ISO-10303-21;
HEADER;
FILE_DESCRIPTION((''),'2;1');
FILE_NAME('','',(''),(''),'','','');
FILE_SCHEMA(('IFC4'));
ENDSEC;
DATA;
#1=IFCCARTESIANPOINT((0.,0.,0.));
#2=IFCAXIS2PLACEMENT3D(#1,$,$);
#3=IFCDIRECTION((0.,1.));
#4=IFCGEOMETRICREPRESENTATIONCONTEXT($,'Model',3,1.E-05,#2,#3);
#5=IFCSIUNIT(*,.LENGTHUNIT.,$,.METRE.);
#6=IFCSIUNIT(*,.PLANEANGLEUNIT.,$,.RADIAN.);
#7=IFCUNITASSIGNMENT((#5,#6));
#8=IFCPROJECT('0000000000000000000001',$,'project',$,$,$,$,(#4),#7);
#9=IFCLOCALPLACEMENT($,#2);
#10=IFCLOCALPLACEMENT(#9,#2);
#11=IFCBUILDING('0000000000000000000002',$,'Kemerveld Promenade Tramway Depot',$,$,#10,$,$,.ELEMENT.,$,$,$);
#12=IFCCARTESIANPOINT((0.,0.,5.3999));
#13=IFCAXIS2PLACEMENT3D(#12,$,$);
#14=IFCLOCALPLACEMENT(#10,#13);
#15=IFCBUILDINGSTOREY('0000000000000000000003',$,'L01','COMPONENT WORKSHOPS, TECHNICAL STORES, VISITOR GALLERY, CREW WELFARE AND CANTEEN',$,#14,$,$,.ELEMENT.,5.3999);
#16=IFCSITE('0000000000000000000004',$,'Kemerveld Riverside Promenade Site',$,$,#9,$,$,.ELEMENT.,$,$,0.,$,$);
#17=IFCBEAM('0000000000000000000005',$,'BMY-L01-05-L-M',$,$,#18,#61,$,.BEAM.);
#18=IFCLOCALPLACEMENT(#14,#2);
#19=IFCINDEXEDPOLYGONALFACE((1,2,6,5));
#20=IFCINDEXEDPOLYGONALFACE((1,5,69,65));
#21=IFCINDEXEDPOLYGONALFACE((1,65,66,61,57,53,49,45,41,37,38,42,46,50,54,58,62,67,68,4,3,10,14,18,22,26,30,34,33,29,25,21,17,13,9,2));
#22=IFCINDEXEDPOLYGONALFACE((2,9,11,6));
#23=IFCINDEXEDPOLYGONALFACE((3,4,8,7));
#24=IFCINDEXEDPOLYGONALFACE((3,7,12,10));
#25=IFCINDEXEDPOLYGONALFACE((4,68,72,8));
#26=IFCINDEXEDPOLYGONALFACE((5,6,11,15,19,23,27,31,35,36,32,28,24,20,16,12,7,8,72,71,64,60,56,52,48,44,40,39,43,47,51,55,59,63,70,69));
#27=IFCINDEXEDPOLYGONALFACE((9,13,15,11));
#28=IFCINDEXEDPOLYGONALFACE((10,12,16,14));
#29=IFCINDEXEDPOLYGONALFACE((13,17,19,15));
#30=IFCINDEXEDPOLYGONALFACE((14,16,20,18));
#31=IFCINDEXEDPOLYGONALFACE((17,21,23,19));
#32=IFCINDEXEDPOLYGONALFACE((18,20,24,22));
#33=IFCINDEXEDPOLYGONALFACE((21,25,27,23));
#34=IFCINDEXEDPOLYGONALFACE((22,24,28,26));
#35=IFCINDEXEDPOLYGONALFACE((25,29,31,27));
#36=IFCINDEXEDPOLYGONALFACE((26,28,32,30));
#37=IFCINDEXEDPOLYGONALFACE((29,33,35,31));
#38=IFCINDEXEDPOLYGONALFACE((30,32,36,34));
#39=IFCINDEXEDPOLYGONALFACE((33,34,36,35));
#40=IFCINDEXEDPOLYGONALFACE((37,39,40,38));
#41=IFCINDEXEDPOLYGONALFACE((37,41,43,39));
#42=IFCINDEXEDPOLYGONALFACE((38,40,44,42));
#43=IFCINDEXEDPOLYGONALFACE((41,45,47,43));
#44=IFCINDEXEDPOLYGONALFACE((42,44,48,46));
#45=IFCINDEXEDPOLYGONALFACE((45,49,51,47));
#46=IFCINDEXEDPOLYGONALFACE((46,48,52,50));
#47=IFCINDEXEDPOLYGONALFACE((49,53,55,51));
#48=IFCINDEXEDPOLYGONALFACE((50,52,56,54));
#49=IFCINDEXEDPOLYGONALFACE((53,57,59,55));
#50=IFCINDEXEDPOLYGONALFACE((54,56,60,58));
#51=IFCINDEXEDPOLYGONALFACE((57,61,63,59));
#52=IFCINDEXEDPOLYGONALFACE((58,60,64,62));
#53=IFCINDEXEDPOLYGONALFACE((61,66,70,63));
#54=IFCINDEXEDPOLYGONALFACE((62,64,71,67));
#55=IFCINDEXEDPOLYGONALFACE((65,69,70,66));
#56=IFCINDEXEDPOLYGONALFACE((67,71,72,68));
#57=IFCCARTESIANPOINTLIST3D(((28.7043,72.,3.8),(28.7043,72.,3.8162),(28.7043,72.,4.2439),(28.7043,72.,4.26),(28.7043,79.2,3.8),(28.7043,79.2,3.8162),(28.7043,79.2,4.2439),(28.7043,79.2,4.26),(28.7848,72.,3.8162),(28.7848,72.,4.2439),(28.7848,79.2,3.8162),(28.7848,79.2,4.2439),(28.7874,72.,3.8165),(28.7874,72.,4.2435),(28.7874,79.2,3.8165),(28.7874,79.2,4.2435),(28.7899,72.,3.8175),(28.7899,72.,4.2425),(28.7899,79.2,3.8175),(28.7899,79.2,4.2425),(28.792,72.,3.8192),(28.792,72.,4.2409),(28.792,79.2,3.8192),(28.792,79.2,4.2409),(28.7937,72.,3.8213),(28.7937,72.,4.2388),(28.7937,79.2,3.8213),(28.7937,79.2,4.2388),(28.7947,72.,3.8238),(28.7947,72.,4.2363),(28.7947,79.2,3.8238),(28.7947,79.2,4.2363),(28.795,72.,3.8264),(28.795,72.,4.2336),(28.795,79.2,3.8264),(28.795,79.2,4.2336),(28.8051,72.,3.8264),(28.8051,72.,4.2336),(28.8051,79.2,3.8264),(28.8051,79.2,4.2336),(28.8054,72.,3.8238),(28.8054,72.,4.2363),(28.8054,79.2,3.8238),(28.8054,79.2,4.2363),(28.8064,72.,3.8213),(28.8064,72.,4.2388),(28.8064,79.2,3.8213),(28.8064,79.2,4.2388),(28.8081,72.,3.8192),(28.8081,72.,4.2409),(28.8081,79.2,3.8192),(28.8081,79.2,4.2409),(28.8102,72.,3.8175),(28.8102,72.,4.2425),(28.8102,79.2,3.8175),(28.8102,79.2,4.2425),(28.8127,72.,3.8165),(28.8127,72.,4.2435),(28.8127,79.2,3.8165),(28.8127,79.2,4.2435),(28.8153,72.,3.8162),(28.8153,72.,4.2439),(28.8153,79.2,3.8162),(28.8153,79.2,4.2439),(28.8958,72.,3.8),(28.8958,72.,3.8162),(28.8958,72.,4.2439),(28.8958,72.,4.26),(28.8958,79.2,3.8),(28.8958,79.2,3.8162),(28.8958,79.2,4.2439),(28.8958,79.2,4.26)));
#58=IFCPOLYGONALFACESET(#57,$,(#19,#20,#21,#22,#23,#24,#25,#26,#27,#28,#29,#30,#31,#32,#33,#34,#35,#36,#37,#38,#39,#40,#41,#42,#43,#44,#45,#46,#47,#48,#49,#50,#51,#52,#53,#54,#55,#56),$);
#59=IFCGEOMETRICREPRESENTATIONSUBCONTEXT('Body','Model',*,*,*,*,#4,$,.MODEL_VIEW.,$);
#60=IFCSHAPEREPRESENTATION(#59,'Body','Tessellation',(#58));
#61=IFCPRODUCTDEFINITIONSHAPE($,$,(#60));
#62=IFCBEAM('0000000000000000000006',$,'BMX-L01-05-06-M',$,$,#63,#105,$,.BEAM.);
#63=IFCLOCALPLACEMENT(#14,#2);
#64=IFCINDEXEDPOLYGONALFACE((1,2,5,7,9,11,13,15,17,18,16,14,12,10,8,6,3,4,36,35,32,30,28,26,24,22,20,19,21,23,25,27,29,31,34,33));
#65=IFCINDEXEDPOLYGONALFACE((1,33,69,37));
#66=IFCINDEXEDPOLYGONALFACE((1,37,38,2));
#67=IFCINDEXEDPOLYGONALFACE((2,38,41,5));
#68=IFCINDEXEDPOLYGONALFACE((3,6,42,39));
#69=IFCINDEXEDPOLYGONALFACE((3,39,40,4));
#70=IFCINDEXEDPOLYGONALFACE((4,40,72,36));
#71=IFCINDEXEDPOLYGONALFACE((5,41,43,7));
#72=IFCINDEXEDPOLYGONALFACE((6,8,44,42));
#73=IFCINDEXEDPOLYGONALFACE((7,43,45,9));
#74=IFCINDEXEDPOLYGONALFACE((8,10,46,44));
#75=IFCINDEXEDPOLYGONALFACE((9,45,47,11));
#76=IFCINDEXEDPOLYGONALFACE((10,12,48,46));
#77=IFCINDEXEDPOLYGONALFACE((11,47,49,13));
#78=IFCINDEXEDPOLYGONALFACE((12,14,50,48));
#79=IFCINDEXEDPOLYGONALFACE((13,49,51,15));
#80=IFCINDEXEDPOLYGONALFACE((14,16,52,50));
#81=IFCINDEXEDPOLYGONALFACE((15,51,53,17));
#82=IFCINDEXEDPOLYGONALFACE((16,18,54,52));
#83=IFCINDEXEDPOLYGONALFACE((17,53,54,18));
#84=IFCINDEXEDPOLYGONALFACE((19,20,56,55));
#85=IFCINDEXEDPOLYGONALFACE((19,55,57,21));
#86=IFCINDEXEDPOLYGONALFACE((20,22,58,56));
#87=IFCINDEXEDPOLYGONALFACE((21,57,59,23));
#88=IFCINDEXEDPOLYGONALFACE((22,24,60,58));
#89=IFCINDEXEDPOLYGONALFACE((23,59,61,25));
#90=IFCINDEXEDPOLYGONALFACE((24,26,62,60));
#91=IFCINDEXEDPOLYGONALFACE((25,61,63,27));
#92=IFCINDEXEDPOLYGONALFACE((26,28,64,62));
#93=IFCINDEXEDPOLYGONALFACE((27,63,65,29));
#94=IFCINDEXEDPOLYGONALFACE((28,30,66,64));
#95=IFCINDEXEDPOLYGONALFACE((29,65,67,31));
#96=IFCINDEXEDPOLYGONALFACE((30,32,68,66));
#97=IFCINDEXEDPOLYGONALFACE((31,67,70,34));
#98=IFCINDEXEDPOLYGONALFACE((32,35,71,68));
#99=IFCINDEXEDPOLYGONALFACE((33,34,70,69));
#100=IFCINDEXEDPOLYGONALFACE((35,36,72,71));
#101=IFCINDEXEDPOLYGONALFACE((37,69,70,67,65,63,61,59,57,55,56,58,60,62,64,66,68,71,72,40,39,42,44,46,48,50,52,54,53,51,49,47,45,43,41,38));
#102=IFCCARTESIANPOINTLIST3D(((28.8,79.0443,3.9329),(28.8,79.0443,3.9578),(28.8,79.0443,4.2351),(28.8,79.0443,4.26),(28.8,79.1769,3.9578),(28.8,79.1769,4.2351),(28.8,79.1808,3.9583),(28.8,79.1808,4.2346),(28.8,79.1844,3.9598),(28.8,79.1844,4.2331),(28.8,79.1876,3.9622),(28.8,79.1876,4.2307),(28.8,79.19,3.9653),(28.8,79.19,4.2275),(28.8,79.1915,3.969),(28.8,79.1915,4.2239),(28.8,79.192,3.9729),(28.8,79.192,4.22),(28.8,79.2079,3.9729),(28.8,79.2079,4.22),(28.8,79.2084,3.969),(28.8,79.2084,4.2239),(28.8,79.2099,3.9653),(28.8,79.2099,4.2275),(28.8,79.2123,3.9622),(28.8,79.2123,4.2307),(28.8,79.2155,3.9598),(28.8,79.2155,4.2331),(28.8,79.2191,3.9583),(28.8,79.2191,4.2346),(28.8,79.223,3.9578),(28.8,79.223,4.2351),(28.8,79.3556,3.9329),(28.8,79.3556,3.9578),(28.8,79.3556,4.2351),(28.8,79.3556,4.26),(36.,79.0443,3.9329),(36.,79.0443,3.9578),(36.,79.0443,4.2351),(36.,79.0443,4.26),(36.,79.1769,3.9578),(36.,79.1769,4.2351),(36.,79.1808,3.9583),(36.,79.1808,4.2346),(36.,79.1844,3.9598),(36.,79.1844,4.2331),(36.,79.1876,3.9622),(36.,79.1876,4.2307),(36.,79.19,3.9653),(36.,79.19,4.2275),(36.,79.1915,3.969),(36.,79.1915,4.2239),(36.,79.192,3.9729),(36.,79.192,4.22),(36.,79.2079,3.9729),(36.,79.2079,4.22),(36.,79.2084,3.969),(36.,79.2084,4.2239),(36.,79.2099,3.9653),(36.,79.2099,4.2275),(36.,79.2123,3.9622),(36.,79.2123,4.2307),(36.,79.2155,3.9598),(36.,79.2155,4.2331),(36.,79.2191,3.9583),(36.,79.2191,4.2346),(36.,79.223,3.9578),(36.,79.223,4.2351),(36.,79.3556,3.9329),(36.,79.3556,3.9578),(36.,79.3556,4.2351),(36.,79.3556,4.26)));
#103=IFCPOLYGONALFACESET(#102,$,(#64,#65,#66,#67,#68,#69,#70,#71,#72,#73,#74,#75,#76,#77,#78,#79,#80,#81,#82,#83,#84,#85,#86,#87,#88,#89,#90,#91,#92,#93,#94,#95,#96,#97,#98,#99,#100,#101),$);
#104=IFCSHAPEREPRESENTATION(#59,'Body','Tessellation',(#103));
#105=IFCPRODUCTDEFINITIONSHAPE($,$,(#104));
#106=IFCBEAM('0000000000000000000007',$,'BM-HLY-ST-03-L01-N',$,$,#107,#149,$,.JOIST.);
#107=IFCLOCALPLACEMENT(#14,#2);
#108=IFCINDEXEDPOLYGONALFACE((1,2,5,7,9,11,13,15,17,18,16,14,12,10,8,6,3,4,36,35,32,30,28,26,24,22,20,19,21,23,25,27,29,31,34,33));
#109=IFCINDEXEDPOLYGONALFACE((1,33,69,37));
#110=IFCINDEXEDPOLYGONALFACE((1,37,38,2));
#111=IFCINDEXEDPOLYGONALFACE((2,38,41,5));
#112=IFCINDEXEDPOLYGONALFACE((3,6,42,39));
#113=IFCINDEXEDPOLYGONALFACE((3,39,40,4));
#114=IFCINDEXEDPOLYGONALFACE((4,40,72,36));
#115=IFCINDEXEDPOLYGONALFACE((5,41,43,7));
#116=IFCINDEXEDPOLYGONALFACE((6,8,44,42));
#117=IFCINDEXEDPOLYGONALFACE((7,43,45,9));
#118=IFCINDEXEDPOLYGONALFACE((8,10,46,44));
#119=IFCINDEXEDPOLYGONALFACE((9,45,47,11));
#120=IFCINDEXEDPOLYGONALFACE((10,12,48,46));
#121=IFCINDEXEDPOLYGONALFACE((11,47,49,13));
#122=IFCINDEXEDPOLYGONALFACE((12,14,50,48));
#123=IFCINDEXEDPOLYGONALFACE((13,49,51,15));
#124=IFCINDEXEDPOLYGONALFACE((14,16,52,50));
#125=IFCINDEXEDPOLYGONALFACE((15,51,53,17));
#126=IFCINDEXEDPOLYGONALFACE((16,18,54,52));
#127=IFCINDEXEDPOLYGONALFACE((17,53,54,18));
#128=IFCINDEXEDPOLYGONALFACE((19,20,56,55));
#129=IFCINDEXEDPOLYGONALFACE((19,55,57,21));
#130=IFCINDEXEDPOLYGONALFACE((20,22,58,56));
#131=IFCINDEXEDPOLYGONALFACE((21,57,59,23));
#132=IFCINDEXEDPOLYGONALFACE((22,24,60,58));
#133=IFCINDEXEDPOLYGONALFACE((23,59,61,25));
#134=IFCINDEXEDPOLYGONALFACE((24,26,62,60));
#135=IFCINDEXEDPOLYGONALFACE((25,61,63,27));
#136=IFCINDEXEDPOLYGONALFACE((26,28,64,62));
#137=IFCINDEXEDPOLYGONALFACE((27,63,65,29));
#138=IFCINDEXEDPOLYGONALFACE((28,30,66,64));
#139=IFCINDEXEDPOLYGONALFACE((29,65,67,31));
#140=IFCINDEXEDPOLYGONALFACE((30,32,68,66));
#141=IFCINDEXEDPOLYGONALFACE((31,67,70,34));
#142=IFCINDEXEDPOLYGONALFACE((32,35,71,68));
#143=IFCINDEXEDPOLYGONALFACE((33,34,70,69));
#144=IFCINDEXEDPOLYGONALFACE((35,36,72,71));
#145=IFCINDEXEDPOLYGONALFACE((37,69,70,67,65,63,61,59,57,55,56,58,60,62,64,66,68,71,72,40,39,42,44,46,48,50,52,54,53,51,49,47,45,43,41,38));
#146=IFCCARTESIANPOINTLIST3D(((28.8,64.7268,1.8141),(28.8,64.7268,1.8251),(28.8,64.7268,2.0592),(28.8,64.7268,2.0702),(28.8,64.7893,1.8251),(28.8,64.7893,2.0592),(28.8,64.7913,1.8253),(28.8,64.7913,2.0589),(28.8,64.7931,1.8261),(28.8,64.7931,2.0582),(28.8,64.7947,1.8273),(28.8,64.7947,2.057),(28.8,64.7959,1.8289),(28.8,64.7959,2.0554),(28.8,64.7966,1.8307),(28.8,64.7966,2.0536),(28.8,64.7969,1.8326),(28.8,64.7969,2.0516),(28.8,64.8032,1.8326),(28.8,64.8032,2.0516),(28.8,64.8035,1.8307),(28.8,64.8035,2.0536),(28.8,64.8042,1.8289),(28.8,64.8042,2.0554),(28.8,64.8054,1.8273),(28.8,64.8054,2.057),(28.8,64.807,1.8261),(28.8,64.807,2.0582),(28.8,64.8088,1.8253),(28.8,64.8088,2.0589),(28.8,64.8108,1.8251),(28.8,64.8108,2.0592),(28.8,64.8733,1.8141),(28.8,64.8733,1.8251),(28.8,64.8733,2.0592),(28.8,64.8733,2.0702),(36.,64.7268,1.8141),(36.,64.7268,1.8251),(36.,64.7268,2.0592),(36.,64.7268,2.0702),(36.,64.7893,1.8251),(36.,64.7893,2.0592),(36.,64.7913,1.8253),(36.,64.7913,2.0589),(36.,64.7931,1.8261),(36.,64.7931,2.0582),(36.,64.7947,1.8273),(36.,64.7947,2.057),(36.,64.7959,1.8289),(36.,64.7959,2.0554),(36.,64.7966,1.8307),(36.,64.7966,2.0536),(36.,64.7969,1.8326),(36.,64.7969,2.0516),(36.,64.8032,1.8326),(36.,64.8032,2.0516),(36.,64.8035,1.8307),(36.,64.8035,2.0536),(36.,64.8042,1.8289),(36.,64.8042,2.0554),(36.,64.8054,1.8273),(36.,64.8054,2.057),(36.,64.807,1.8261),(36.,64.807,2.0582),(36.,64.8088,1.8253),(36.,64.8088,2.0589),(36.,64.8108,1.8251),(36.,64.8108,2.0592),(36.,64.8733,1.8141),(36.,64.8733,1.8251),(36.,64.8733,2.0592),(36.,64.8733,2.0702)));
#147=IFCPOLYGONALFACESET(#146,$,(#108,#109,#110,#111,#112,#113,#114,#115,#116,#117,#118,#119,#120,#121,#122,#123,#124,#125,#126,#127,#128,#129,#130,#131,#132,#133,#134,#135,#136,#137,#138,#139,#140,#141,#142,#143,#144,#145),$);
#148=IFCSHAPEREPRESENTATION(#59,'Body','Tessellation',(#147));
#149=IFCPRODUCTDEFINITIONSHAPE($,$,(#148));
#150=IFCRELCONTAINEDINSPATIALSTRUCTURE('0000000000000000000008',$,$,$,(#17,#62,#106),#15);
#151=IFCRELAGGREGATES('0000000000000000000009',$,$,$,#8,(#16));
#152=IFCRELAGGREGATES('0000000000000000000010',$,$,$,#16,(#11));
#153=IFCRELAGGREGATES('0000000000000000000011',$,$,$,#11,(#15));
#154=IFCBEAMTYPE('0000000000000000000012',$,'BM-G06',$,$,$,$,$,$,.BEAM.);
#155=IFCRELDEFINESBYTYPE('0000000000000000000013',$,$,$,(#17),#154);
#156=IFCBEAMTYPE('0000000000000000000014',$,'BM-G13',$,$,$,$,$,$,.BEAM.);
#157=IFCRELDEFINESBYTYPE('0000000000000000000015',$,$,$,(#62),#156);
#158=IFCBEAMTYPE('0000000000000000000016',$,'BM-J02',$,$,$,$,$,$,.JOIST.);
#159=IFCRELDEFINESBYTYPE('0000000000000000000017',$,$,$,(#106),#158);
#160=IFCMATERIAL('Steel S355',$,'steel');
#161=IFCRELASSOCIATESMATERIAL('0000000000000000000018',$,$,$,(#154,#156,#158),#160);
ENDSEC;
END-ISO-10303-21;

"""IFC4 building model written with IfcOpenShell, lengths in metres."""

from ifc_helpers import new_model, si_unit, direction, frame, origin, origin_2d, place, context, subcontext, project, spatial, i_section, extrude, material, material_profile, profile_set, type_object, element, save


model = new_model("IFC4")

# Units and contexts
model_context = context("Model", 3, precision=1e-05, world=origin(), true_north=direction((0.0, 1.0)))
body_context = subcontext(model_context, "Body", "Model", "MODEL_VIEW")
ifc_project = project(units=[si_unit("LENGTHUNIT", "METRE"), si_unit("PLANEANGLEUNIT", "RADIAN")], contexts=[model_context])

# Site, building, storey
site_placement = place(None, origin())
site = spatial("IfcSite", under=ifc_project, at=site_placement, Name="Kemerveld Riverside Promenade Site", CompositionType="ELEMENT", RefElevation=0.0)
building_placement = place(site_placement, origin())
building = spatial("IfcBuilding", under=site, at=building_placement, Name="Kemerveld Promenade Tramway Depot", CompositionType="ELEMENT")
storey_placement = place(building_placement, frame((0.0, 0.0, 5.3999)))
storey = spatial("IfcBuildingStorey", under=building, at=storey_placement, Name="L01", Description="COMPONENT WORKSHOPS, TECHNICAL STORES, VISITOR GALLERY, CREW WELFARE AND CANTEEN", CompositionType="ELEMENT", Elevation=5.3999)

# Shared definitions
ifc_material_1 = material(Name="Steel S355", Category="steel")

# Beams
ifc_material_profile_1 = material_profile(ifc_material_1, i_section(OverallWidth=0.1914, OverallDepth=0.46, WebThickness=0.01, FlangeThickness=0.0161, FilletRadius=0.0103, at=origin_2d()), Name="457x191x82 UB")
ifc_profile_set_1 = profile_set([ifc_material_profile_1], Name="Steel S355")
beam_type_1 = type_object("IfcBeamType", Name="BM-G06", PredefinedType="BEAM", material=ifc_profile_set_1)
for number, where, z_axis, x_axis, name in (
    (1, (28.8, 72.0, 4.03), (0.0, 1.0, 0.0), (-1.0, 0.0, 0.0), "BMY-L01-05-L-M"),
):
    element("IfcBeam", number, at=place(storey_placement, frame(where, z_axis=z_axis, x_axis=x_axis)), inside=storey, type_object=beam_type_1, Name=name, PredefinedType="BEAM", context=body_context, shape_type="SweptSolid", body=[
        extrude(i_section(OverallWidth=0.1914, OverallDepth=0.46, WebThickness=0.01, FlangeThickness=0.0161, FilletRadius=0.0103, at=origin_2d()), origin(), (0.0, 0.0, 1.0), 7.2),
    ])
ifc_material_profile_2 = material_profile(ifc_material_1, i_section(OverallWidth=0.3113, OverallDepth=0.3271, WebThickness=0.0159, FlangeThickness=0.0249, FilletRadius=0.0151, at=origin_2d()), Name="305x305x158 UC")
ifc_profile_set_2 = profile_set([ifc_material_profile_2], Name="Steel S355")
beam_type_2 = type_object("IfcBeamType", Name="BM-G13", PredefinedType="BEAM", material=ifc_profile_set_2)
beam_1_placement = place(storey_placement, frame((28.8, 79.2, 4.0964), z_axis=(1.0, 0.0, 0.0), x_axis=(0.0, 1.0, 0.0)))
element("IfcBeam", 2, at=beam_1_placement, inside=storey, type_object=beam_type_2, Name="BMX-L01-05-06-M", PredefinedType="BEAM", context=body_context, shape_type="SweptSolid", body=[
    extrude(i_section(OverallWidth=0.3113, OverallDepth=0.3271, WebThickness=0.0159, FlangeThickness=0.0249, FilletRadius=0.0151, at=origin_2d()), origin(), (0.0, 0.0, 1.0), 7.2),
])
ifc_material_profile_3 = material_profile(ifc_material_1, i_section(OverallWidth=0.1465, OverallDepth=0.2561, WebThickness=0.0063, FlangeThickness=0.011, FilletRadius=0.0076, at=origin_2d()), Name="254x146x37 UB")
ifc_profile_set_3 = profile_set([ifc_material_profile_3], Name="Steel S355")
beam_type_3 = type_object("IfcBeamType", Name="BM-J02", PredefinedType="JOIST", material=ifc_profile_set_3)
beam_2_placement = place(storey_placement, frame((28.8, 64.8, 1.9421), z_axis=(1.0, 0.0, 0.0), x_axis=(0.0, 1.0, 0.0)))
element("IfcBeam", 3, at=beam_2_placement, inside=storey, type_object=beam_type_3, Name="BM-HLY-ST-03-L01-N", PredefinedType="JOIST", context=body_context, shape_type="SweptSolid", body=[
    extrude(i_section(OverallWidth=0.1465, OverallDepth=0.2561, WebThickness=0.0063, FlangeThickness=0.011, FilletRadius=0.0076, at=origin_2d()), origin(), (0.0, 0.0, 1.0), 7.2),
])

save(model, "model.ifc")
